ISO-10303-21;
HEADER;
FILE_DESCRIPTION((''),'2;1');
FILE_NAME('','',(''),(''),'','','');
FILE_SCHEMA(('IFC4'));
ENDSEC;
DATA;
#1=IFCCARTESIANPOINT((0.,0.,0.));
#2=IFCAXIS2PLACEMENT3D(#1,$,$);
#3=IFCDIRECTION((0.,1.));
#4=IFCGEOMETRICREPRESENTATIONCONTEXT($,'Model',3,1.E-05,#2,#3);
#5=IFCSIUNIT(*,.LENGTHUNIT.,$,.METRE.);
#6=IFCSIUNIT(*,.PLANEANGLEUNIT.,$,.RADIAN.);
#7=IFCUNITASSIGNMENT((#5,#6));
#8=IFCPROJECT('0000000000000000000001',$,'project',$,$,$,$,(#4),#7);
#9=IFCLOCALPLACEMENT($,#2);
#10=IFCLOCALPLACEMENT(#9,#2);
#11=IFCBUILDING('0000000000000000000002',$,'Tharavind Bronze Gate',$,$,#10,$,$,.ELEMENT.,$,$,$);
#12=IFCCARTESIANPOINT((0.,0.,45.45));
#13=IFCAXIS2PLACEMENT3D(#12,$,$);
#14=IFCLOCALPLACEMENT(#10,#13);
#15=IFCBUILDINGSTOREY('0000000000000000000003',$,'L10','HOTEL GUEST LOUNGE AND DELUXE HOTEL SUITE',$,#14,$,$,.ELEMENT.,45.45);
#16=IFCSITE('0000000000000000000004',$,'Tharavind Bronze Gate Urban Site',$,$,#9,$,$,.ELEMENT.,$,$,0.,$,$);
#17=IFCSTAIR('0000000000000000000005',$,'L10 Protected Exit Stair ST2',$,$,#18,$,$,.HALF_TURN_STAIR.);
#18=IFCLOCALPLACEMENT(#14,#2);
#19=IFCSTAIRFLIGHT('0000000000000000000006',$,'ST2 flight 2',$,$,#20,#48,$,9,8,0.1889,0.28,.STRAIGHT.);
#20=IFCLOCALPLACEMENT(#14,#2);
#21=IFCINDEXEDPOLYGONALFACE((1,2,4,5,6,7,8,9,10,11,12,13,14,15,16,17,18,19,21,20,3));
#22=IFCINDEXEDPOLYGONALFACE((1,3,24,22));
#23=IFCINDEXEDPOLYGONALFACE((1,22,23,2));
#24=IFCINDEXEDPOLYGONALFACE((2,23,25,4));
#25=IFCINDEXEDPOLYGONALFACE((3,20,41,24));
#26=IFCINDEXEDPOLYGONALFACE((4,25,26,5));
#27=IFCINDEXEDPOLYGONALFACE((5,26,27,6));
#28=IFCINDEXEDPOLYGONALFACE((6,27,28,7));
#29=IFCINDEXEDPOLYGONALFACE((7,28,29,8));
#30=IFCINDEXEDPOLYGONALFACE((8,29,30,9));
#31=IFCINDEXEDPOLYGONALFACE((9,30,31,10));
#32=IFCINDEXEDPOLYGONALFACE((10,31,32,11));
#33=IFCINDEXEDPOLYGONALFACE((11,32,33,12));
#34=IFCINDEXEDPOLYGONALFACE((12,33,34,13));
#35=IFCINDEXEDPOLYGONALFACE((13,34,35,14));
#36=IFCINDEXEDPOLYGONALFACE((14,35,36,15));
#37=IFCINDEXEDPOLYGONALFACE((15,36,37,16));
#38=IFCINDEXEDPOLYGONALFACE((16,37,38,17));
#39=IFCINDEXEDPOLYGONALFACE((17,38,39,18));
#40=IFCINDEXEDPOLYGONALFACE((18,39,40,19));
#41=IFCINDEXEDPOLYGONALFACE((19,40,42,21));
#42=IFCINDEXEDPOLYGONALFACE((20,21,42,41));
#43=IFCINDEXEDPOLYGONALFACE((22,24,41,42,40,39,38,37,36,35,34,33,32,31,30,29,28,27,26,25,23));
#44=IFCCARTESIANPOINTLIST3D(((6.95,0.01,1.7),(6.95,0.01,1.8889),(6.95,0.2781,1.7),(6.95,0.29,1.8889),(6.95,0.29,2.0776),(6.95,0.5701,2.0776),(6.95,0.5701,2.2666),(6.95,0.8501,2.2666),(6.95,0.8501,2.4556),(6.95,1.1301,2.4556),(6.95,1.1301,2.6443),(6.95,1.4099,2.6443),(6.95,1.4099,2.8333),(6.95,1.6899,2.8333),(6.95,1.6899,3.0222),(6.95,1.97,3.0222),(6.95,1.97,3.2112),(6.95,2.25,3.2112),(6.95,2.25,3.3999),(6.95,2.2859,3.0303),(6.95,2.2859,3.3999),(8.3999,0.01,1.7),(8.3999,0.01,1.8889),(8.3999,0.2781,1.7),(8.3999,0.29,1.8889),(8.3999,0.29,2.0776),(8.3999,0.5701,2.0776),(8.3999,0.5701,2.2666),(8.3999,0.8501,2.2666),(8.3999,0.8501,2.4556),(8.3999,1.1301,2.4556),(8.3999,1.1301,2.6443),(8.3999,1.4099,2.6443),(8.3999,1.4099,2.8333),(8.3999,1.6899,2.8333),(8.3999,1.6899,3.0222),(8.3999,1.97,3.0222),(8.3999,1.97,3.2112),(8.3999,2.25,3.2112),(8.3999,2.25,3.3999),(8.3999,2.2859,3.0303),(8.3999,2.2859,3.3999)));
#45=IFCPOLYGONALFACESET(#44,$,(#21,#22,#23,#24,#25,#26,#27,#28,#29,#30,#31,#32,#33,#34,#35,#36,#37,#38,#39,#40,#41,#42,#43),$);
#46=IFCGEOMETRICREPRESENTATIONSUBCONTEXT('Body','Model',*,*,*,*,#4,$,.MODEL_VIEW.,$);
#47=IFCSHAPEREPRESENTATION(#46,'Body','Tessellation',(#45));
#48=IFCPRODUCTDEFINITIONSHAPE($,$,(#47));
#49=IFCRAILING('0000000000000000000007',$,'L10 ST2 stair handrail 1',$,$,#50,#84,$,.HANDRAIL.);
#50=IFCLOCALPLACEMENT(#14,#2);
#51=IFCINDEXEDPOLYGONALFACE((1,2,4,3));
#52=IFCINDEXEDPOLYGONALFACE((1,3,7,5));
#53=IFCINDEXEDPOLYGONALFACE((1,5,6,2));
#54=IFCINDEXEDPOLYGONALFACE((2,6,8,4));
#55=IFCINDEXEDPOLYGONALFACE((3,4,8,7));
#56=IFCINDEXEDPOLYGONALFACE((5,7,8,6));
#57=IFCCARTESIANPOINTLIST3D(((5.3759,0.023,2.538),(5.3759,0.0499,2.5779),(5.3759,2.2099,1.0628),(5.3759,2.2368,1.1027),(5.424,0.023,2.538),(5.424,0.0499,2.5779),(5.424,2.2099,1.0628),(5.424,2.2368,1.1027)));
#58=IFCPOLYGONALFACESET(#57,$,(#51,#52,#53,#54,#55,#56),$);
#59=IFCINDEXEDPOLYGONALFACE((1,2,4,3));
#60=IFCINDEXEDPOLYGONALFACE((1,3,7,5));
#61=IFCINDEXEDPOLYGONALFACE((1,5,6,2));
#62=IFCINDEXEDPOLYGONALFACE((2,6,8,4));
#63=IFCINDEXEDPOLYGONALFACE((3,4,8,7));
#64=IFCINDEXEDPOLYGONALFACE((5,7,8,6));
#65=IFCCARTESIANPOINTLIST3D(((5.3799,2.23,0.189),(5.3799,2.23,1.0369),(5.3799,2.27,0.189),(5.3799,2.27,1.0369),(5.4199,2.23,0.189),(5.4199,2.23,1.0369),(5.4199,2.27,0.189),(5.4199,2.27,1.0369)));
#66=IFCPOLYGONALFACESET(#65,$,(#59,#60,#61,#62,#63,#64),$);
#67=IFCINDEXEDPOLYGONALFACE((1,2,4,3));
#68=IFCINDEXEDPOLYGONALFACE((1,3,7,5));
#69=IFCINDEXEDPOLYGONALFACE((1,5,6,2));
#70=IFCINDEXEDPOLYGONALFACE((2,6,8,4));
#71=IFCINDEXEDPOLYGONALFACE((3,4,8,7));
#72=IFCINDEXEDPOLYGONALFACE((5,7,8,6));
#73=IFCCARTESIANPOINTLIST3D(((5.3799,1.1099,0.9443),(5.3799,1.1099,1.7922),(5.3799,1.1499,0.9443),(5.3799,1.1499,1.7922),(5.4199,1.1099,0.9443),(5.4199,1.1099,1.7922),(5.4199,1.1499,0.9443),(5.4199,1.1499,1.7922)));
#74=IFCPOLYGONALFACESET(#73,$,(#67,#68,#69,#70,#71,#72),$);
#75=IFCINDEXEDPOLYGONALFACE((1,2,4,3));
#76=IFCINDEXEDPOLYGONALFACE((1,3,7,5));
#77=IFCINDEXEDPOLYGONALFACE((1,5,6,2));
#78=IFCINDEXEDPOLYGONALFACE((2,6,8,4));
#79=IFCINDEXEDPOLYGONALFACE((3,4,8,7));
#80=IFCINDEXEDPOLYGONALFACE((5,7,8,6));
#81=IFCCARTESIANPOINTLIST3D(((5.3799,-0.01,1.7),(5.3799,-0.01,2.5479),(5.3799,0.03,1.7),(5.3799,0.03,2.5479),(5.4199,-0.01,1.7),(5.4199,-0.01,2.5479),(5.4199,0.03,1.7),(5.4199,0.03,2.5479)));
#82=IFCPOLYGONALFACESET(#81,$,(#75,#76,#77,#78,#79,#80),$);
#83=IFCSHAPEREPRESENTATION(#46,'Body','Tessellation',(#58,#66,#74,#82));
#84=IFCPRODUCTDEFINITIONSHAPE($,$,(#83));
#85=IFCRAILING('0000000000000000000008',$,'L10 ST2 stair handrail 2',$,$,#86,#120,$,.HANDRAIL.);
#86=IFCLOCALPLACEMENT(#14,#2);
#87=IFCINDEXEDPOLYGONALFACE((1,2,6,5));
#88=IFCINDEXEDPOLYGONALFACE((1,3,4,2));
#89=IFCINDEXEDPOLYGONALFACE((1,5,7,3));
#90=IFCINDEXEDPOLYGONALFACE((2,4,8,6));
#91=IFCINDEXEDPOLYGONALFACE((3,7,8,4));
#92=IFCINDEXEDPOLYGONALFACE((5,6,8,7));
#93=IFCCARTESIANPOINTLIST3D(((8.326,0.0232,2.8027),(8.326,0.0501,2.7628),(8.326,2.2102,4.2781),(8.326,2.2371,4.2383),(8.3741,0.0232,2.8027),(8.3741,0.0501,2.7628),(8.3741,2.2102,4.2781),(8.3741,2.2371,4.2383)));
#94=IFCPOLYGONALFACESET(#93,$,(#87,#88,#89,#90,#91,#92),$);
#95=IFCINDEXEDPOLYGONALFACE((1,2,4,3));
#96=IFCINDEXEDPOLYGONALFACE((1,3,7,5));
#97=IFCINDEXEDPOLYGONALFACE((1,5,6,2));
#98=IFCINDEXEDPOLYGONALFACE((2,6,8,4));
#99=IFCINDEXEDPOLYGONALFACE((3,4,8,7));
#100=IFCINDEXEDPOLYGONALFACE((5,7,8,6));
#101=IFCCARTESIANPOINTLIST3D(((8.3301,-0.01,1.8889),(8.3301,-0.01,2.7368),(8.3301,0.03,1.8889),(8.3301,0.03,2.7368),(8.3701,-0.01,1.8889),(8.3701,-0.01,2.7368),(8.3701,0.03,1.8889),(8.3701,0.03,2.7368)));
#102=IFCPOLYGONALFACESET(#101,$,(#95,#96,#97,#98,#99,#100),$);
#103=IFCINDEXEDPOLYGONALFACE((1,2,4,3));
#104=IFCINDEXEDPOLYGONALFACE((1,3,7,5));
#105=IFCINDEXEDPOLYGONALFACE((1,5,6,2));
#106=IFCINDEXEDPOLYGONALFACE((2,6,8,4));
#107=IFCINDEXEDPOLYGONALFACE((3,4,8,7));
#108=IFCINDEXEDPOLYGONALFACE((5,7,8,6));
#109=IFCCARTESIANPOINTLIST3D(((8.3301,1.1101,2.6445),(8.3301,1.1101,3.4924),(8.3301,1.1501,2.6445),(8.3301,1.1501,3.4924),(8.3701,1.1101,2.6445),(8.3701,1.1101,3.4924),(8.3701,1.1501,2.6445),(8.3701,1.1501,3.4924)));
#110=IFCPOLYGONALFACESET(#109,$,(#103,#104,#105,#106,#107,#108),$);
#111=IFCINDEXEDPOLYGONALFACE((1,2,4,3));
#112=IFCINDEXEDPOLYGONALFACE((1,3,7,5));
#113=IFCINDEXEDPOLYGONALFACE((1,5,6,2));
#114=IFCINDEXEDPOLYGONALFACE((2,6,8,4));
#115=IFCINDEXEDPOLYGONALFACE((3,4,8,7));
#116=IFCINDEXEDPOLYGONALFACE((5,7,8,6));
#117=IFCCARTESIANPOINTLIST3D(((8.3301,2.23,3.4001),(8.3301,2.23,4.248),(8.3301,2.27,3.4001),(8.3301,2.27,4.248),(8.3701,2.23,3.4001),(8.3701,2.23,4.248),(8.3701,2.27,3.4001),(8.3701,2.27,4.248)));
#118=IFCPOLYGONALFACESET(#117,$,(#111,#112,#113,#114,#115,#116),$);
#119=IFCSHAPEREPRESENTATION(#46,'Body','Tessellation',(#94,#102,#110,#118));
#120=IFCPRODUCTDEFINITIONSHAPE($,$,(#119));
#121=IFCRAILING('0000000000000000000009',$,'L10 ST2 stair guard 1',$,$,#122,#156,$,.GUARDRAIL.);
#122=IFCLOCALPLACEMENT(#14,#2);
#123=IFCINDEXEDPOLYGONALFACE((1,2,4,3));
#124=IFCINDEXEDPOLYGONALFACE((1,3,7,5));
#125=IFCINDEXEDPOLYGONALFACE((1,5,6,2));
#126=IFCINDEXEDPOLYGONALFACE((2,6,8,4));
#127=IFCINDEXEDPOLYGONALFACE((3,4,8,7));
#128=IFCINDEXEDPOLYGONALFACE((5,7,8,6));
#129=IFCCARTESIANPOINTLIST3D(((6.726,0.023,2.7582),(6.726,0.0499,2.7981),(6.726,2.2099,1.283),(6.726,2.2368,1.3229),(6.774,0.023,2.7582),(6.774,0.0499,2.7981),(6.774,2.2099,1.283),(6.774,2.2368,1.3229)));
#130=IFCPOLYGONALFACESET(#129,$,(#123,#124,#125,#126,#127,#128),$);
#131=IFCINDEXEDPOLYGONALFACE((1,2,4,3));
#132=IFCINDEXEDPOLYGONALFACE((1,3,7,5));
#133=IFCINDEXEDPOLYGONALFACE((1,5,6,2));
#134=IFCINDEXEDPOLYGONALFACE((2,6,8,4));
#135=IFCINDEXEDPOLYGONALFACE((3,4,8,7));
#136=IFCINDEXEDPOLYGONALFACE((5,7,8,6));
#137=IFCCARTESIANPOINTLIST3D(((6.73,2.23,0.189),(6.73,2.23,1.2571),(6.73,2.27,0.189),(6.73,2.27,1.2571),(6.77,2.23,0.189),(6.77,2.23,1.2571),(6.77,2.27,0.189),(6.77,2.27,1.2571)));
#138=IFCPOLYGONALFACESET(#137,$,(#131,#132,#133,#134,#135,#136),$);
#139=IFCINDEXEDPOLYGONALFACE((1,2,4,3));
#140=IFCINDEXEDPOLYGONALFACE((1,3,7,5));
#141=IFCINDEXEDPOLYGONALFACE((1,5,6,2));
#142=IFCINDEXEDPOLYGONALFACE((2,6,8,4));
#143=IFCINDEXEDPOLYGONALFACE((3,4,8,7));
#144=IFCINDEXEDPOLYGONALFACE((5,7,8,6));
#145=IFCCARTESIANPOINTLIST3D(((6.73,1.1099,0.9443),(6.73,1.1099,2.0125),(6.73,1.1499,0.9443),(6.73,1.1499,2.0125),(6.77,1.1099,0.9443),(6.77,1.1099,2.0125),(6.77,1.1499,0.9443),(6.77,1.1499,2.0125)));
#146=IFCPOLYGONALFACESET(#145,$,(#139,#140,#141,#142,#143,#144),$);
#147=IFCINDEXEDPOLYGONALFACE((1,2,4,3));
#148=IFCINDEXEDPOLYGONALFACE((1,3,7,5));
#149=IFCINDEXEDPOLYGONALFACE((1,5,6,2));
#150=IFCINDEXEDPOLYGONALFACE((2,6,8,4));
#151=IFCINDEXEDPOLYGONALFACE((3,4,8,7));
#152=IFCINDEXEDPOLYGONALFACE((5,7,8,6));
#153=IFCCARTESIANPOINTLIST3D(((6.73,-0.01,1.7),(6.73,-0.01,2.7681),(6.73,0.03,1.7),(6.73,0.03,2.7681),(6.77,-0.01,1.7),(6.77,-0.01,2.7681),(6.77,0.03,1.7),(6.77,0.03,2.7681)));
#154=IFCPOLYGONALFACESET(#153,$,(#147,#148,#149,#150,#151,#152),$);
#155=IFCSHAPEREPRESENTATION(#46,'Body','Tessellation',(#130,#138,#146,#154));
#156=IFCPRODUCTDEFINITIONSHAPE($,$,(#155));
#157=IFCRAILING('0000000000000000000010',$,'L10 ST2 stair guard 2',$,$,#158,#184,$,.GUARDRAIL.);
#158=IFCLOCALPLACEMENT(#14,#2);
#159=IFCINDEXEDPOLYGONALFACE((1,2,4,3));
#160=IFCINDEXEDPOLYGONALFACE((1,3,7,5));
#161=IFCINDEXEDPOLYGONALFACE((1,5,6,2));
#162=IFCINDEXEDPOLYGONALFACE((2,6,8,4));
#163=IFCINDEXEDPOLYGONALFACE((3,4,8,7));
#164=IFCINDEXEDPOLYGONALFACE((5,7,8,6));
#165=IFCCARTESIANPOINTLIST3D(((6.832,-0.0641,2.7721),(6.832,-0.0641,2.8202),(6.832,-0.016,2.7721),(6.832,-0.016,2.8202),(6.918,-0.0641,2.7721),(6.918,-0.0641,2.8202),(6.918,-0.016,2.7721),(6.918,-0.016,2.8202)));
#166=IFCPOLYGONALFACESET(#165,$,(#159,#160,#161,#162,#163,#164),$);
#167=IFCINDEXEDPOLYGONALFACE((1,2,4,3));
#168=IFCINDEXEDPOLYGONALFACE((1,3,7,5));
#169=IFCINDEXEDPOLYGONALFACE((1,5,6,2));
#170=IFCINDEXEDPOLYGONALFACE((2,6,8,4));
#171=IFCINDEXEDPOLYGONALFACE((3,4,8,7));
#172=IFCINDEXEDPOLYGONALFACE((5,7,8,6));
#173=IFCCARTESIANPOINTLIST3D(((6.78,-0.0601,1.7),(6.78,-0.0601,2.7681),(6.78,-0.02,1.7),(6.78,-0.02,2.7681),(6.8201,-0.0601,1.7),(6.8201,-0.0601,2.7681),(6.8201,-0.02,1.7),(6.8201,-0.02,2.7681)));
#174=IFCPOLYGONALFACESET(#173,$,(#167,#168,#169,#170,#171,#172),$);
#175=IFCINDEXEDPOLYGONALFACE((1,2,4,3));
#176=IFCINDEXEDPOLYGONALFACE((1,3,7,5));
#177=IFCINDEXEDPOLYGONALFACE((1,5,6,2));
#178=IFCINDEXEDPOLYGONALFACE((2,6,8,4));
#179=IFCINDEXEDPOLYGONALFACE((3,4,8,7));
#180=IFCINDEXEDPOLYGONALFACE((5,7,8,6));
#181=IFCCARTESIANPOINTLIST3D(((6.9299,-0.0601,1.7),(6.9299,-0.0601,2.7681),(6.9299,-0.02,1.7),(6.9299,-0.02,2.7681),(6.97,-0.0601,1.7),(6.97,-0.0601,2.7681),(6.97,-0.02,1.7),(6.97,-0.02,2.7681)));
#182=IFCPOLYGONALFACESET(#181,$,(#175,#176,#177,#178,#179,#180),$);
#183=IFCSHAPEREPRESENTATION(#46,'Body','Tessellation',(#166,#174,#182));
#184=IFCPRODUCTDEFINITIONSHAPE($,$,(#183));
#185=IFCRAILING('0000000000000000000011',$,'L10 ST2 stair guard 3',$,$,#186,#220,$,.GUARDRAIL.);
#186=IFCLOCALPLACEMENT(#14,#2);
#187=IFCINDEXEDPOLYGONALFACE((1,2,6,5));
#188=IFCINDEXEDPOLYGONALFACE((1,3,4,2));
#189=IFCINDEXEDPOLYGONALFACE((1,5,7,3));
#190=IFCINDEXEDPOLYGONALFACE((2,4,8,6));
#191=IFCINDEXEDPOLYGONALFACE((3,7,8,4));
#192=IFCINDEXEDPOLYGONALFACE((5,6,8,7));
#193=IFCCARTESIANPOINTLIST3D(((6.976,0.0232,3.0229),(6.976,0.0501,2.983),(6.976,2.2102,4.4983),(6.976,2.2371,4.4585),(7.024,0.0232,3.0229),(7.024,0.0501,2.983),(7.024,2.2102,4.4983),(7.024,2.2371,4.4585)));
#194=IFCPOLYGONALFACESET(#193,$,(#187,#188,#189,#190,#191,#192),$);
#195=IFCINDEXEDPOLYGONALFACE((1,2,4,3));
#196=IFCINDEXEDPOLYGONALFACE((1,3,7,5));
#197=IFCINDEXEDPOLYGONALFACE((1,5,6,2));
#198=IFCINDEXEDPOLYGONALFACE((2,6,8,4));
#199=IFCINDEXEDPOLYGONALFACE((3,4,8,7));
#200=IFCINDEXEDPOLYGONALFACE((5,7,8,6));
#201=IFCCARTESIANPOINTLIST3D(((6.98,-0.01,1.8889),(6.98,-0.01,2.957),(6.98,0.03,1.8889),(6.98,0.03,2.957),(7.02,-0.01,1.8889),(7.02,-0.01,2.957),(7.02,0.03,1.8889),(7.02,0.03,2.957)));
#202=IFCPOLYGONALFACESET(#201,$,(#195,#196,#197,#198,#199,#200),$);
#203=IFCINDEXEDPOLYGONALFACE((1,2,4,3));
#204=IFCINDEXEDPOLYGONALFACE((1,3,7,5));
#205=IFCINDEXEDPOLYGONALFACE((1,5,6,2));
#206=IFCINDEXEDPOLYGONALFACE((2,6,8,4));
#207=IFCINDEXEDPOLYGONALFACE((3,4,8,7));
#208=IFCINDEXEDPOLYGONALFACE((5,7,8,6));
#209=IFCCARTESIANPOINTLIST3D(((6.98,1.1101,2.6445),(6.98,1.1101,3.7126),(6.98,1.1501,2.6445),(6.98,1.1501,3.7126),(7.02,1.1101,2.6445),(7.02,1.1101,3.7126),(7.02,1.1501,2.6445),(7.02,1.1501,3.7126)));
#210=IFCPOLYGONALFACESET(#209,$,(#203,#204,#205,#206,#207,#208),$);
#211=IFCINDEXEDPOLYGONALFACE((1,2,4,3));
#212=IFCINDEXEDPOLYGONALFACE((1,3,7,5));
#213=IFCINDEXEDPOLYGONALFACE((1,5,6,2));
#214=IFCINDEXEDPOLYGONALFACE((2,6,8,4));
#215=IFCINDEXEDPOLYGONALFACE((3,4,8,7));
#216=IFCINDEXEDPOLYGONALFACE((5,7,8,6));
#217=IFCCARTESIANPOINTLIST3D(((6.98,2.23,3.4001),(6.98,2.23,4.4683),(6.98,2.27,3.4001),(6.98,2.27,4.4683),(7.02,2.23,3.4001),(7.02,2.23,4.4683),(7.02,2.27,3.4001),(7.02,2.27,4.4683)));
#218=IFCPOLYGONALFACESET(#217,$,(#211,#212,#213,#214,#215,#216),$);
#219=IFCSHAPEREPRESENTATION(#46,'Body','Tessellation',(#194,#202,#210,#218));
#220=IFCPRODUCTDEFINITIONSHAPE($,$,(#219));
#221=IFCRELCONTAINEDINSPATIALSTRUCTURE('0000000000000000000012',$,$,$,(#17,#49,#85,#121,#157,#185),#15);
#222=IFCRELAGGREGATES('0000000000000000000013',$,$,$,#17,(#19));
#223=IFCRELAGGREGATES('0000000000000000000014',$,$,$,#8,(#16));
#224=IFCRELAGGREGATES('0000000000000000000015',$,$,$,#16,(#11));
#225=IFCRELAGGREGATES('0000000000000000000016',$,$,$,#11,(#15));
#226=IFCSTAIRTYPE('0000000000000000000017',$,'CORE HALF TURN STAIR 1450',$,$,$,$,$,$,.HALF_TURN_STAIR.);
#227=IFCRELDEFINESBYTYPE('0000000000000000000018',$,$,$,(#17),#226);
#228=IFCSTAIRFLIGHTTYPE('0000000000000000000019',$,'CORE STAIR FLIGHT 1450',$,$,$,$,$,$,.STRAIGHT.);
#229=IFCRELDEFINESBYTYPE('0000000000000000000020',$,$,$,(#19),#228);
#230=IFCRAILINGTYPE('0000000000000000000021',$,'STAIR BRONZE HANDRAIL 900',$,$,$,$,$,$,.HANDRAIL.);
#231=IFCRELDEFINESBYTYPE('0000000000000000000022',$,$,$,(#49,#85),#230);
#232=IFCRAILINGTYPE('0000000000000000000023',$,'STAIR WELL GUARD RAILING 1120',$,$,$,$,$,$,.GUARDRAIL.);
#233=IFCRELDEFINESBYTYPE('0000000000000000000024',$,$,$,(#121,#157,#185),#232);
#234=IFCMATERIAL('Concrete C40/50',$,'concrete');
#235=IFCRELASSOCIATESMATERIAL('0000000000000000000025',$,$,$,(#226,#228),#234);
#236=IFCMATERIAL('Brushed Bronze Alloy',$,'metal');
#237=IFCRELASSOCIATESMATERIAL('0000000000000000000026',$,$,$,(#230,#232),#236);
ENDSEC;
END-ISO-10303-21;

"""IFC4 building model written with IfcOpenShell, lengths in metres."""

from ifc_helpers import new_model, si_unit, direction, frame, origin, origin_2d, place, context, subcontext, project, spatial, polyline, rectangle, outline, extrude, material, type_object, element, aggregate, save


model = new_model("IFC4")

# Units and contexts
model_context = context("Model", 3, precision=1e-05, world=origin(), true_north=direction((0.0, 1.0)))
body_context = subcontext(model_context, "Body", "Model", "MODEL_VIEW")
ifc_project = project(units=[si_unit("LENGTHUNIT", "METRE"), si_unit("PLANEANGLEUNIT", "RADIAN")], contexts=[model_context])

# Site, building, storey
site_placement = place(None, origin())
site = spatial("IfcSite", under=ifc_project, at=site_placement, Name="Tharavind Bronze Gate Urban Site", CompositionType="ELEMENT", RefElevation=0.0)
building_placement = place(site_placement, origin())
building = spatial("IfcBuilding", under=site, at=building_placement, Name="Tharavind Bronze Gate", CompositionType="ELEMENT")
storey_placement = place(building_placement, frame((0.0, 0.0, 45.45)))
storey = spatial("IfcBuildingStorey", under=building, at=storey_placement, Name="L10", Description="HOTEL GUEST LOUNGE AND DELUXE HOTEL SUITE", CompositionType="ELEMENT", Elevation=45.45)

# Shared definitions
ifc_material_1 = material(Name="Concrete C40/50", Category="concrete")

# Stair, stair flight
stair_type = type_object("IfcStairType", Name="CORE HALF TURN STAIR 1450", PredefinedType="HALF_TURN_STAIR", material=ifc_material_1)
stair_placement = place(storey_placement, origin())
stair = element("IfcStair", 1, at=stair_placement, inside=storey, type_object=stair_type, Name="L10 Protected Exit Stair ST2", PredefinedType="HALF_TURN_STAIR")
stair_flight_type = type_object("IfcStairFlightType", Name="CORE STAIR FLIGHT 1450", PredefinedType="STRAIGHT", material=ifc_material_1)
stair_flight_1_placement = place(storey_placement, frame((7.675, 0.01, 1.7), z_axis=(0.0, 0.0, 1.0), x_axis=(0.0, 1.0, 0.0)))
stair_flight_1 = element("IfcStairFlight", 2, at=stair_flight_1_placement, type_object=stair_flight_type, Name="ST2 flight 2", NumberOfRisers=9, NumberOfTreads=8, PredefinedType="STRAIGHT", RiserHeight=0.1889, TreadLength=0.28, context=body_context, shape_type="SweptSolid", body=[
    extrude(outline(polyline([(0.0, 0.0), (0.0, 0.189), (0.28, 0.189), (0.28, 0.3777), (0.5601, 0.3777), (0.5601, 0.5667), (0.8401, 0.5667), (0.8401, 0.7556), (1.1201, 0.7556), (1.1201, 0.9443), (1.3999, 0.9443), (1.3999, 1.1333), (1.6799, 1.1333), (1.6799, 1.3223), (1.96, 1.3223), (1.96, 1.5112), (2.24, 1.5112), (2.24, 1.7), (2.2759, 1.7), (2.2759, 1.3303), (0.2681, 0.0), (0.0, 0.0)])), frame((0.0, 0.7251, 0.0), z_axis=(0.0, -1.0, 0.0), x_axis=(1.0, 0.0, 0.0)), (0.0, 0.0, 1.0), 1.45),
])
aggregate(stair, [stair_flight_1])

# Railings
ifc_material_2 = material(Name="Brushed Bronze Alloy", Category="metal")
railing_type_1 = type_object("IfcRailingType", Name="STAIR BRONZE HANDRAIL 900", PredefinedType="HANDRAIL", material=ifc_material_2)
railing_1_placement = place(storey_placement, frame((5.3999, 2.25, 0.189)))
element("IfcRailing", 3, at=railing_1_placement, inside=storey, type_object=railing_type_1, Name="L10 ST2 stair handrail 1", PredefinedType="HANDRAIL", context=body_context, shape_type="SweptSolid", body=[
    extrude(rectangle(XDim=0.0481, YDim=0.0481, at=origin_2d()), frame((0.0, -0.0266, 0.8938), z_axis=(0.0, -0.829021, 0.559217), x_axis=(1.0, 0.0, 0.0)), (0.0, 0.0, 1.0), 2.6379),
    extrude(rectangle(XDim=0.04, YDim=0.04, at=origin_2d()), origin(), (0.0, 0.0, 1.0), 0.8479),
    extrude(rectangle(XDim=0.04, YDim=0.04, at=origin_2d()), frame((0.0, -1.1201, 0.7554)), (0.0, 0.0, 1.0), 0.8479),
    extrude(rectangle(XDim=0.04, YDim=0.04, at=origin_2d()), frame((0.0, -2.24, 1.511)), (0.0, 0.0, 1.0), 0.8479),
])
railing_2_placement = place(storey_placement, frame((8.3501, 0.01, 1.8889)))
element("IfcRailing", 4, at=railing_2_placement, inside=storey, type_object=railing_type_1, Name="L10 ST2 stair handrail 2", PredefinedType="HANDRAIL", context=body_context, shape_type="SweptSolid", body=[
    extrude(rectangle(XDim=0.0481, YDim=0.0481, at=origin_2d()), frame((0.0, 0.0266, 0.8938), z_axis=(0.0, 0.82898, 0.559279), x_axis=(-1.0, 0.0, 0.0)), (0.0, 0.0, 1.0), 2.6382),
    extrude(rectangle(XDim=0.04, YDim=0.04, at=origin_2d()), origin(), (0.0, 0.0, 1.0), 0.8479),
    extrude(rectangle(XDim=0.04, YDim=0.04, at=origin_2d()), frame((0.0, 1.1201, 0.7556)), (0.0, 0.0, 1.0), 0.8479),
    extrude(rectangle(XDim=0.04, YDim=0.04, at=origin_2d()), frame((0.0, 2.24, 1.5112)), (0.0, 0.0, 1.0), 0.8479),
])
railing_type_2 = type_object("IfcRailingType", Name="STAIR WELL GUARD RAILING 1120", PredefinedType="GUARDRAIL", material=ifc_material_2)
railing_3_placement = place(storey_placement, frame((6.75, 2.25, 0.189)))
element("IfcRailing", 5, at=railing_3_placement, inside=storey, type_object=railing_type_2, Name="L10 ST2 stair guard 1", PredefinedType="GUARDRAIL", context=body_context, shape_type="SweptSolid", body=[
    extrude(rectangle(XDim=0.0481, YDim=0.0481, at=origin_2d()), frame((0.0, -0.0266, 1.114), z_axis=(0.0, -0.829021, 0.559217), x_axis=(1.0, 0.0, 0.0)), (0.0, 0.0, 1.0), 2.6379),
    extrude(rectangle(XDim=0.04, YDim=0.04, at=origin_2d()), origin(), (0.0, 0.0, 1.0), 1.0681),
    extrude(rectangle(XDim=0.04, YDim=0.04, at=origin_2d()), frame((0.0, -1.1201, 0.7554)), (0.0, 0.0, 1.0), 1.0681),
    extrude(rectangle(XDim=0.04, YDim=0.04, at=origin_2d()), frame((0.0, -2.24, 1.511)), (0.0, 0.0, 1.0), 1.0681),
])
railing_4_placement = place(storey_placement, frame((6.8, -0.04, 1.7)))
element("IfcRailing", 6, at=railing_4_placement, inside=storey, type_object=railing_type_2, Name="L10 ST2 stair guard 2", PredefinedType="GUARDRAIL", context=body_context, shape_type="SweptSolid", body=[
    extrude(rectangle(XDim=0.0481, YDim=0.0481, at=origin_2d()), frame((0.032, 0.0, 1.0962), z_axis=(1.0, 0.0, 0.0), x_axis=(0.0, 1.0, 0.0)), (0.0, 0.0, 1.0), 0.0859),
    extrude(rectangle(XDim=0.04, YDim=0.04, at=origin_2d()), origin(), (0.0, 0.0, 1.0), 1.0681),
    extrude(rectangle(XDim=0.04, YDim=0.04, at=origin_2d()), frame((0.1499, 0.0, 0.0)), (0.0, 0.0, 1.0), 1.0681),
])
railing_5_placement = place(storey_placement, frame((7.0, 0.01, 1.8889)))
element("IfcRailing", 7, at=railing_5_placement, inside=storey, type_object=railing_type_2, Name="L10 ST2 stair guard 3", PredefinedType="GUARDRAIL", context=body_context, shape_type="SweptSolid", body=[
    extrude(rectangle(XDim=0.0481, YDim=0.0481, at=origin_2d()), frame((0.0, 0.0266, 1.114), z_axis=(0.0, 0.82898, 0.559279), x_axis=(-1.0, 0.0, 0.0)), (0.0, 0.0, 1.0), 2.6382),
    extrude(rectangle(XDim=0.04, YDim=0.04, at=origin_2d()), origin(), (0.0, 0.0, 1.0), 1.0681),
    extrude(rectangle(XDim=0.04, YDim=0.04, at=origin_2d()), frame((0.0, 1.1201, 0.7556)), (0.0, 0.0, 1.0), 1.0681),
    extrude(rectangle(XDim=0.04, YDim=0.04, at=origin_2d()), frame((0.0, 2.24, 1.5112)), (0.0, 0.0, 1.0), 1.0681),
])

save(model, "model.ifc")
